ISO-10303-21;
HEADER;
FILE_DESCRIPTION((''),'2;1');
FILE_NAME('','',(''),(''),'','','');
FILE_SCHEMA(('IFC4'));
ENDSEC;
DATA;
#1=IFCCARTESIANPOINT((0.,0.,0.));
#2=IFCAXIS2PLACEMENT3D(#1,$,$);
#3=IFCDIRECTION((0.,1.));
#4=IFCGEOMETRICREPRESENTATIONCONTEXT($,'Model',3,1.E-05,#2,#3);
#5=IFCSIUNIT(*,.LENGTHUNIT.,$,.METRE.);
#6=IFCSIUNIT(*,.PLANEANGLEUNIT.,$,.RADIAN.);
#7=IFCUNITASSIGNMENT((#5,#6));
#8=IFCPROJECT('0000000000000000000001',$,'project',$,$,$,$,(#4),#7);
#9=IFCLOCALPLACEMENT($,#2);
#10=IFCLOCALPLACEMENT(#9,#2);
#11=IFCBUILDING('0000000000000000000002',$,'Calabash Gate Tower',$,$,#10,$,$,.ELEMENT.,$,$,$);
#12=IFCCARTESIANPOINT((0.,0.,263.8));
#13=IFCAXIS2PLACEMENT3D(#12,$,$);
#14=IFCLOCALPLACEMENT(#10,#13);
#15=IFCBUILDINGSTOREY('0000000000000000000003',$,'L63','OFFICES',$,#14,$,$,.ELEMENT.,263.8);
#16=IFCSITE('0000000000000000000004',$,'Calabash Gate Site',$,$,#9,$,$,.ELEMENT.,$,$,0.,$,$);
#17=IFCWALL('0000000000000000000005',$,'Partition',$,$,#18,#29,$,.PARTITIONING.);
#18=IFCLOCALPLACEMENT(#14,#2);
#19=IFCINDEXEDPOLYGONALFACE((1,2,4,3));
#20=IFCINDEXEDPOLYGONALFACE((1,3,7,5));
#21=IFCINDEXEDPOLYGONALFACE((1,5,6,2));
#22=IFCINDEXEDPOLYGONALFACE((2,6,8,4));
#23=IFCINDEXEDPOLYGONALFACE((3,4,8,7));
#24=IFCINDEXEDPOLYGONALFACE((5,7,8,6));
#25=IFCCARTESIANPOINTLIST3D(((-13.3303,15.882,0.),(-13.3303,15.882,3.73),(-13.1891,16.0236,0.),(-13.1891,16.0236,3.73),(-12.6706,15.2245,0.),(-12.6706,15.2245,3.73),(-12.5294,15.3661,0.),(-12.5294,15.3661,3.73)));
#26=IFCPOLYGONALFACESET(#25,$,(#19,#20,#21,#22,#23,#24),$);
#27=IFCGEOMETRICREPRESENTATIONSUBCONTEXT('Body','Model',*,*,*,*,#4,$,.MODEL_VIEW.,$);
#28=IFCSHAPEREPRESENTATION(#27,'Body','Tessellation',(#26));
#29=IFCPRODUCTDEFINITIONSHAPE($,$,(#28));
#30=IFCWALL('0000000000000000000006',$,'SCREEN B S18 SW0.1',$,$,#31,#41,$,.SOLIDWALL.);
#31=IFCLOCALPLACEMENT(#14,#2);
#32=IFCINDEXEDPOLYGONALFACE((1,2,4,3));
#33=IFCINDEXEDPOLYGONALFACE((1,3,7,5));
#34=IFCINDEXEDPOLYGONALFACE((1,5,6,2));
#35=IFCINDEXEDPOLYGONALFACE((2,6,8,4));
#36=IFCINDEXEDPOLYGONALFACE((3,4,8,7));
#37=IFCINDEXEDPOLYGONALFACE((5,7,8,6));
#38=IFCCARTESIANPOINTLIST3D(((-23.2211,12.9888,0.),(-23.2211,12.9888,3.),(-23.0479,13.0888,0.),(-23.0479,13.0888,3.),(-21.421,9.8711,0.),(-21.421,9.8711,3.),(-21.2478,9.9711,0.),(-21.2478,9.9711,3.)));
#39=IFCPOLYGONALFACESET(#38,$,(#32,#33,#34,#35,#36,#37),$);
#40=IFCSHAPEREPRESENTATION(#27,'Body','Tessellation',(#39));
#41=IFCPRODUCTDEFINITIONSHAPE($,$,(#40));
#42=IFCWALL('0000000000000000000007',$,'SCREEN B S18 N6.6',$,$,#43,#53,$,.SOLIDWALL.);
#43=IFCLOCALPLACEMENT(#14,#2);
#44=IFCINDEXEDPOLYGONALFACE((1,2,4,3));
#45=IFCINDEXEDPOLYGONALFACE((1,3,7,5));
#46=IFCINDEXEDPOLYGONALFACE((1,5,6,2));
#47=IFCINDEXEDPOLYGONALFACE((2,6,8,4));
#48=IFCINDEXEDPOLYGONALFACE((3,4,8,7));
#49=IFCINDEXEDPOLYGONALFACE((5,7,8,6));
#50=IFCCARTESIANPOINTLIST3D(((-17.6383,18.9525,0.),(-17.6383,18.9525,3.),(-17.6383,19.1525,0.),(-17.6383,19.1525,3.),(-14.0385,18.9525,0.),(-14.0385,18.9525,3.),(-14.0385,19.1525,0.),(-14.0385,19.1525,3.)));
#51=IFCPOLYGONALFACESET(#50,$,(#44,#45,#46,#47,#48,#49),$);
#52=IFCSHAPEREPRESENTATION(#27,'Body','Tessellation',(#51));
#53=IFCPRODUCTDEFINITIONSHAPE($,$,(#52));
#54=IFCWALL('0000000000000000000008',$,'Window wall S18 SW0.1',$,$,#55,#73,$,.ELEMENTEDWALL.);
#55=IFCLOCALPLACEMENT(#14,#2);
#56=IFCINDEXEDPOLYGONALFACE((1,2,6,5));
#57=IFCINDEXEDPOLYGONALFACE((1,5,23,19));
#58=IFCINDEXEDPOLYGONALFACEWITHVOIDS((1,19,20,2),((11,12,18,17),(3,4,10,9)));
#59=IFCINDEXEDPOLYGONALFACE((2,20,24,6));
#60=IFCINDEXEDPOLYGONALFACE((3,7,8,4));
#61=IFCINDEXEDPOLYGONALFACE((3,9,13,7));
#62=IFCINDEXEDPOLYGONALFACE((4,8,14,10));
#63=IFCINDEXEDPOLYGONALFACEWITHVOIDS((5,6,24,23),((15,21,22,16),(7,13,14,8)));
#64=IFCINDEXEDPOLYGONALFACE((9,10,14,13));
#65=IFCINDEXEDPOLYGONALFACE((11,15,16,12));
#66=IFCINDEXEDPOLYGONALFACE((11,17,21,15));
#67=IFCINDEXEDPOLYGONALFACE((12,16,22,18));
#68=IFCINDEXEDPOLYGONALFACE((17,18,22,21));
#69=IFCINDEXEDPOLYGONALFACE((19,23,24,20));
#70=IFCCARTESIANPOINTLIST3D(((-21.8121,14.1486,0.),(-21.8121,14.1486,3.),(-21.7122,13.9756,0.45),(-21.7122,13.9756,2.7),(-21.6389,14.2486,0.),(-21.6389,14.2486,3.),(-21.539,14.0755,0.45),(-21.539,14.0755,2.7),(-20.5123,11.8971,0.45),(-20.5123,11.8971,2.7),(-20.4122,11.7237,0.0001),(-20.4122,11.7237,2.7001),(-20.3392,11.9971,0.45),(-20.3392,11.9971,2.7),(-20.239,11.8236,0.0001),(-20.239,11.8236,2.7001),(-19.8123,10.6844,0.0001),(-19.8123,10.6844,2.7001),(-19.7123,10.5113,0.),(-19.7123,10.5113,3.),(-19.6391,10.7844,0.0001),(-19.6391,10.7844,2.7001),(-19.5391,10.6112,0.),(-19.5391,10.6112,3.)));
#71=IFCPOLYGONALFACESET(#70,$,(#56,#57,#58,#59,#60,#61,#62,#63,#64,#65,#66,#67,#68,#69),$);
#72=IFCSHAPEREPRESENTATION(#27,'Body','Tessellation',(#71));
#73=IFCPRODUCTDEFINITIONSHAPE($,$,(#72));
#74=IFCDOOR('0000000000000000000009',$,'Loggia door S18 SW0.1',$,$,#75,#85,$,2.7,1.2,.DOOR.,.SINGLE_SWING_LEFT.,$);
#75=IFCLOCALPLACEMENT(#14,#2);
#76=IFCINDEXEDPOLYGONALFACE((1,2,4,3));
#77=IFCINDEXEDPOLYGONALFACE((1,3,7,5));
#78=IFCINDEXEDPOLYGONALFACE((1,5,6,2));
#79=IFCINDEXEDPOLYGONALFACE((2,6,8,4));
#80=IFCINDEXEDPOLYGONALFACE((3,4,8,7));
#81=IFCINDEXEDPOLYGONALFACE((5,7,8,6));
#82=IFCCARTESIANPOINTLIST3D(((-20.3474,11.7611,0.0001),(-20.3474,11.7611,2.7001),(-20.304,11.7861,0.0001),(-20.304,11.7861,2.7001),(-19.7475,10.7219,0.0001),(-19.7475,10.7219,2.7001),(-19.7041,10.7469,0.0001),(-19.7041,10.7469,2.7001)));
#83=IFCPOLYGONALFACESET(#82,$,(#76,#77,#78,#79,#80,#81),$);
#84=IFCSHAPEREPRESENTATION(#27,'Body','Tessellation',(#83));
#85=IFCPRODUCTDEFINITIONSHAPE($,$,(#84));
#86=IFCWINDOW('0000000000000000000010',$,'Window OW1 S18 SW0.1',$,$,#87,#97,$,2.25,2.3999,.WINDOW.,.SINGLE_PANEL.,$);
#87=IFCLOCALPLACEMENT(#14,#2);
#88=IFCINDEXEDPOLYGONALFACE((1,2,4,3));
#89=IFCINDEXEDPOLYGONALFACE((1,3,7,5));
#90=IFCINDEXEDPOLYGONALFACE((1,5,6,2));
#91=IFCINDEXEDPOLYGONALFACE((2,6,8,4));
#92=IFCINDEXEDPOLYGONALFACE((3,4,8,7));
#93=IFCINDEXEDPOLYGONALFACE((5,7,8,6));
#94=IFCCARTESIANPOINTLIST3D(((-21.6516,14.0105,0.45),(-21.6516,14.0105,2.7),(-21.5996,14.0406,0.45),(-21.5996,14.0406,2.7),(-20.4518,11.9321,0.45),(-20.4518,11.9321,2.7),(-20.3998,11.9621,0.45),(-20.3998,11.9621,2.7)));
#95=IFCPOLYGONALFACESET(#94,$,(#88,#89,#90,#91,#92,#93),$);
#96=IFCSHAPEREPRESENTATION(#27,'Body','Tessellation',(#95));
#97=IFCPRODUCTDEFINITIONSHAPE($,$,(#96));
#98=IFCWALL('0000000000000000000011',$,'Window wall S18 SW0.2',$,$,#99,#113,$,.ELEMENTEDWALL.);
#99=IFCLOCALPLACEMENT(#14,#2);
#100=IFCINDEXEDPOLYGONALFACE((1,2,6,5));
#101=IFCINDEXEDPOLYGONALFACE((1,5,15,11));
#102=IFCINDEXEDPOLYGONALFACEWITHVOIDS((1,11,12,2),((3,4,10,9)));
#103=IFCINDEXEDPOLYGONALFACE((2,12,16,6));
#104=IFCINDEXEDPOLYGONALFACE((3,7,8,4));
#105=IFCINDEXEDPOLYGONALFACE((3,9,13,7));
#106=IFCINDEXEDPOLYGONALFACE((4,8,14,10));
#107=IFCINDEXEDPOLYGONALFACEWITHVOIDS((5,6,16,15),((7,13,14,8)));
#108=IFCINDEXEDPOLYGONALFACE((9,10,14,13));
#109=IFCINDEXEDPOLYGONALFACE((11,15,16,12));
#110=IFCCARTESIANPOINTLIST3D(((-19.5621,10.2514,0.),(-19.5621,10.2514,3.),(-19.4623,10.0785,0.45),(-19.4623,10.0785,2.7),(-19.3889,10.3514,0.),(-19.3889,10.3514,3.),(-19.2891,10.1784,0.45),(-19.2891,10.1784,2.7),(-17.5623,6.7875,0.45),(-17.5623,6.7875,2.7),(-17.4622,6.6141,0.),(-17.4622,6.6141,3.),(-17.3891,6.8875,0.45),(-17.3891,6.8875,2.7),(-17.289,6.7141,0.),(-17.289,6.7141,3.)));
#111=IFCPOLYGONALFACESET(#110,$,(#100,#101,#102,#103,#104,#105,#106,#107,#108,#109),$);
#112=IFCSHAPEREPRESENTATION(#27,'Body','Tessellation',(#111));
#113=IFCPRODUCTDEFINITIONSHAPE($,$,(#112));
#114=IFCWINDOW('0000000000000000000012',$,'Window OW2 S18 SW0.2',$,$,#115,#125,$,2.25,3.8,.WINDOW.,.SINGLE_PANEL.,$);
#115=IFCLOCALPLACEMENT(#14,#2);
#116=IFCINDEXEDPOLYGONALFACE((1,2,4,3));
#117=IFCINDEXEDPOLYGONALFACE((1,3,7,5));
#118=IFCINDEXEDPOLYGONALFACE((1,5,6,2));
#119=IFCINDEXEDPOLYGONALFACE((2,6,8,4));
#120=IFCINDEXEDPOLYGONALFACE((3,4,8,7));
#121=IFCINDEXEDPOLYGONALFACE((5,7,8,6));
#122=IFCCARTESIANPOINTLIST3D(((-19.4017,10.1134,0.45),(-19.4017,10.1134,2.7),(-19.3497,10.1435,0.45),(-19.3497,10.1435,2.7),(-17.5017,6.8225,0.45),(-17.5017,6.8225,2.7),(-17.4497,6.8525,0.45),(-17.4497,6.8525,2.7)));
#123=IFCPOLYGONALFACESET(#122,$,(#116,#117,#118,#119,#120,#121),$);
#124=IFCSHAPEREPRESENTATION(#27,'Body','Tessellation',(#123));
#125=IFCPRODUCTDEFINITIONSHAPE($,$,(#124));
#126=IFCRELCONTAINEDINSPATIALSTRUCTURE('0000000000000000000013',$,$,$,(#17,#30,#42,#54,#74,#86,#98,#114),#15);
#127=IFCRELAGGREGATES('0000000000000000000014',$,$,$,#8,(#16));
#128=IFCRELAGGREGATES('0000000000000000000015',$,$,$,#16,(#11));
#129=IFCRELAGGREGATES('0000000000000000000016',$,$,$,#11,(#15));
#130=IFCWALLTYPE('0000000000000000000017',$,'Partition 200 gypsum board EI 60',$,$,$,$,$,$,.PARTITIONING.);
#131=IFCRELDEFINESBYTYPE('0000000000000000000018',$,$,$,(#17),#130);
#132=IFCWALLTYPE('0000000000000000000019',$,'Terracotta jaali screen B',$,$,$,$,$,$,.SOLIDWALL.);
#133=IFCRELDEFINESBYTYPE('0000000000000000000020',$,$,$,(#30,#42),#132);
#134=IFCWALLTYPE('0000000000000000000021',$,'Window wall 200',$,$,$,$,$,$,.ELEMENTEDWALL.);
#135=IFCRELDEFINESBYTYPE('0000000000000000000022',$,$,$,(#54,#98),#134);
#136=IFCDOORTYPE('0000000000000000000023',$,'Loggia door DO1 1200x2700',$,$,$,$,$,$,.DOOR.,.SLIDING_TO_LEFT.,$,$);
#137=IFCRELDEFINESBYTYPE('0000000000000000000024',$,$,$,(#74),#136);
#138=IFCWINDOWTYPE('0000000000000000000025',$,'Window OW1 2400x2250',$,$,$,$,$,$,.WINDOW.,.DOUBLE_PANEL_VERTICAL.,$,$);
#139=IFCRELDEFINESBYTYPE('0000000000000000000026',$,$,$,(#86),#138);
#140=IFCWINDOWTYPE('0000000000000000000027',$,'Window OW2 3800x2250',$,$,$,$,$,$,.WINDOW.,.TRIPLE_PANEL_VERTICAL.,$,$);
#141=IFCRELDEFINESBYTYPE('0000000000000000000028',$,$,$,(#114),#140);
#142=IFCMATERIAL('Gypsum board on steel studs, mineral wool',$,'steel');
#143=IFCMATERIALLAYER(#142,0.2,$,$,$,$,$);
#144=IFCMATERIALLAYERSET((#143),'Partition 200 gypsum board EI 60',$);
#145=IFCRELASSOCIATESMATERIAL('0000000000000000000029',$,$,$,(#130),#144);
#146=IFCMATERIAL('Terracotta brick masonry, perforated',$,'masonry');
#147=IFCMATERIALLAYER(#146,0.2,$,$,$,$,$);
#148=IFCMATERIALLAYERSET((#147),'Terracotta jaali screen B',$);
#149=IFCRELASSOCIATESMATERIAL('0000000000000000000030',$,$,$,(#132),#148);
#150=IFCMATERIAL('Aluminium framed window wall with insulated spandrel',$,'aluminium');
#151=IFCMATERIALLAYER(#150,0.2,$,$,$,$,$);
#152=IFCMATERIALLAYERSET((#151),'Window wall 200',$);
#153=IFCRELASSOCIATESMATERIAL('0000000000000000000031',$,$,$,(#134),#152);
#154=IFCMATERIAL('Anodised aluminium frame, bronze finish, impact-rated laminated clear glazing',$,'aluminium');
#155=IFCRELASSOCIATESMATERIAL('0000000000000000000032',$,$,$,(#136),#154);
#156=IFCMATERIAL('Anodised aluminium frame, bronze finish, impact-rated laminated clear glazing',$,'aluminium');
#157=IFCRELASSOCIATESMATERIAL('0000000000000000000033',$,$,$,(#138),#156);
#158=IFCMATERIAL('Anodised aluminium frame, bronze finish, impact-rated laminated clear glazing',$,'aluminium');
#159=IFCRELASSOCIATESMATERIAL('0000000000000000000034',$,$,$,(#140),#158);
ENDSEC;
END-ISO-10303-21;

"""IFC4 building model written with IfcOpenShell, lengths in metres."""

from ifc_helpers import new_model, si_unit, direction, frame, frame_2d, origin, place, context, subcontext, project, spatial, rectangle, extrude, material, layer, layer_set, type_object, element, fill, save


model = new_model("IFC4")

# Units and contexts
model_context = context("Model", 3, precision=1e-05, world=origin(), true_north=direction((0.0, 1.0)))
body_context = subcontext(model_context, "Body", "Model", "MODEL_VIEW")
ifc_project = project(units=[si_unit("LENGTHUNIT", "METRE"), si_unit("PLANEANGLEUNIT", "RADIAN")], contexts=[model_context])

# Site, building, storey
site_placement = place(None, origin())
site = spatial("IfcSite", under=ifc_project, at=site_placement, Name="Calabash Gate Site", CompositionType="ELEMENT", RefElevation=0.0)
building_placement = place(site_placement, origin())
building = spatial("IfcBuilding", under=site, at=building_placement, Name="Calabash Gate Tower", CompositionType="ELEMENT")
storey_placement = place(building_placement, frame((0.0, 0.0, 263.8)))
storey = spatial("IfcBuildingStorey", under=building, at=storey_placement, Name="L63", Description="OFFICES", CompositionType="ELEMENT", Elevation=263.8)

# Walls
ifc_material_1 = material(Name="Gypsum board on steel studs, mineral wool", Category="steel")
ifc_layer_1 = layer(ifc_material_1, 0.2)
ifc_layer_set_1 = layer_set([ifc_layer_1], Name="Partition 200 gypsum board EI 60")
wall_type_1 = type_object("IfcWallType", Name="Partition 200 gypsum board EI 60", PredefinedType="PARTITIONING", material=ifc_layer_set_1)
wall_1_placement = place(storey_placement, frame((-13.2598, 15.9529, 0.0), z_axis=(0.0, 0.0, 1.0), x_axis=(0.708285, -0.705926, 0.0)))
element("IfcWall", 1, at=wall_1_placement, inside=storey, type_object=wall_type_1, Name="Partition", PredefinedType="PARTITIONING", context=body_context, shape_type="SweptSolid", body=[
    extrude(rectangle(XDim=0.9314, YDim=0.2, at=frame_2d((0.4658, 0.0))), origin(), (0.0, 0.0, 1.0), 3.73),
])
ifc_material_2 = material(Name="Terracotta brick masonry, perforated", Category="masonry")
ifc_layer_2 = layer(ifc_material_2, 0.2)
ifc_layer_set_2 = layer_set([ifc_layer_2], Name="Terracotta jaali screen B")
wall_type_2 = type_object("IfcWallType", Name="Terracotta jaali screen B", PredefinedType="SOLIDWALL", material=ifc_layer_set_2)
wall_2_placement = place(storey_placement, frame((-23.1345, 13.0388, 0.0), z_axis=(0.0, 0.0, 1.0), x_axis=(0.500012, -0.866018, 0.0)))
element("IfcWall", 2, at=wall_2_placement, inside=storey, type_object=wall_type_2, Name="SCREEN B S18 SW0.1", PredefinedType="SOLIDWALL", context=body_context, shape_type="SweptSolid", body=[
    extrude(rectangle(XDim=3.6001, YDim=0.2, at=frame_2d((1.8, 0.0))), origin(), (0.0, 0.0, 1.0), 3.0),
])
wall_3_placement = place(storey_placement, frame((-14.0386, 19.0525, 0.0), z_axis=(0.0, 0.0, 1.0), x_axis=(-1.0, 0.0, 0.0)))
element("IfcWall", 3, at=wall_3_placement, inside=storey, type_object=wall_type_2, Name="SCREEN B S18 N6.6", PredefinedType="SOLIDWALL", context=body_context, shape_type="SweptSolid", body=[
    extrude(rectangle(XDim=3.5999, YDim=0.2, at=frame_2d((1.7998, 0.0))), origin(), (0.0, 0.0, 1.0), 3.0),
])

# Wall, openings, door, window
ifc_material_3 = material(Name="Aluminium framed window wall with insulated spandrel", Category="aluminium")
ifc_layer_3 = layer(ifc_material_3, 0.2)
ifc_layer_set_3 = layer_set([ifc_layer_3], Name="Window wall 200")
wall_type_3 = type_object("IfcWallType", Name="Window wall 200", PredefinedType="ELEMENTEDWALL", material=ifc_layer_set_3)
wall_4_placement = place(storey_placement, frame((-21.7256, 14.1987, 0.0), z_axis=(0.0, 0.0, 1.0), x_axis=(0.499959, -0.866049, 0.0)))
wall_4 = element("IfcWall", 4, at=wall_4_placement, inside=storey, type_object=wall_type_3, Name="Window wall S18 SW0.1", PredefinedType="ELEMENTEDWALL", context=body_context, shape_type="SweptSolid", body=[
    extrude(rectangle(XDim=4.2, YDim=0.2, at=frame_2d((2.1001, 0.0))), origin(), (0.0, 0.0, 1.0), 3.0),
])
opening_1_placement = place(wall_4_placement, frame((0.2, 0.0, 0.45)))
opening_1 = element("IfcOpeningElement", 5, at=opening_1_placement, cuts=wall_4, PredefinedType="OPENING", context=body_context, shape_type="SweptSolid", body=[
    extrude(rectangle(XDim=2.3999, YDim=2.25, at=frame_2d((1.2, 1.125))), frame((0.0, 0.1099, 0.0), z_axis=(0.0, -1.0, 0.0), x_axis=(1.0, 0.0, 0.0)), (0.0, 0.0, 1.0), 0.22),
])
opening_2_placement = place(wall_4_placement, frame((2.8, 0.0, 0.0)))
opening_2 = element("IfcOpeningElement", 6, at=opening_2_placement, cuts=wall_4, PredefinedType="OPENING", context=body_context, shape_type="SweptSolid", body=[
    extrude(rectangle(XDim=1.2, YDim=2.7, at=frame_2d((0.6001, 1.3501))), frame((0.0, 0.1099, 0.0), z_axis=(0.0, -1.0, 0.0), x_axis=(1.0, 0.0, 0.0)), (0.0, 0.0, 1.0), 0.22),
])
ifc_material_4 = material(Name="Anodised aluminium frame, bronze finish, impact-rated laminated clear glazing", Category="aluminium")
door_type = type_object("IfcDoorType", Name="Loggia door DO1 1200x2700", OperationType="SLIDING_TO_LEFT", PredefinedType="DOOR", material=ifc_material_4)
door_1_placement = place(opening_2_placement, origin())
door_1 = element("IfcDoor", 7, at=door_1_placement, inside=storey, type_object=door_type, Name="Loggia door S18 SW0.1", OperationType="SINGLE_SWING_LEFT", OverallHeight=2.7, OverallWidth=1.2, PredefinedType="DOOR", context=body_context, shape_type="SweptSolid", body=[
    extrude(rectangle(XDim=1.2, YDim=2.7, at=frame_2d((0.6001, 1.3501))), frame((0.0, 0.0249, 0.0), z_axis=(0.0, -1.0, 0.0), x_axis=(1.0, 0.0, 0.0)), (0.0, 0.0, 1.0), 0.05),
])
fill(opening_2, door_1)
ifc_material_5 = material(Name="Anodised aluminium frame, bronze finish, impact-rated laminated clear glazing", Category="aluminium")
window_type_1 = type_object("IfcWindowType", Name="Window OW1 2400x2250", PartitioningType="DOUBLE_PANEL_VERTICAL", PredefinedType="WINDOW", material=ifc_material_5)
window_1_placement = place(opening_1_placement, origin())
window_1 = element("IfcWindow", 8, at=window_1_placement, inside=storey, type_object=window_type_1, Name="Window OW1 S18 SW0.1", OverallHeight=2.25, OverallWidth=2.3999, PartitioningType="SINGLE_PANEL", PredefinedType="WINDOW", context=body_context, shape_type="SweptSolid", body=[
    extrude(rectangle(XDim=2.3999, YDim=2.25, at=frame_2d((1.2, 1.125))), frame((0.0, 0.03, 0.0), z_axis=(0.0, -1.0, 0.0), x_axis=(1.0, 0.0, 0.0)), (0.0, 0.0, 1.0), 0.0601),
])
fill(opening_1, window_1)

# Wall, opening, window
wall_5_placement = place(storey_placement, frame((-19.4756, 10.3015, 0.0), z_axis=(0.0, 0.0, 1.0), x_axis=(0.499984, -0.866035, 0.0)))
wall_5 = element("IfcWall", 9, at=wall_5_placement, inside=storey, type_object=wall_type_3, Name="Window wall S18 SW0.2", PredefinedType="ELEMENTEDWALL", context=body_context, shape_type="SweptSolid", body=[
    extrude(rectangle(XDim=4.2, YDim=0.2, at=frame_2d((2.1001, 0.0))), origin(), (0.0, 0.0, 1.0), 3.0),
])
opening_3_placement = place(wall_5_placement, frame((0.2, 0.0, 0.45)))
opening_3 = element("IfcOpeningElement", 10, at=opening_3_placement, cuts=wall_5, PredefinedType="OPENING", context=body_context, shape_type="SweptSolid", body=[
    extrude(rectangle(XDim=3.8, YDim=2.25, at=frame_2d((1.8999, 1.125))), frame((0.0, 0.1099, 0.0), z_axis=(0.0, -1.0, 0.0), x_axis=(1.0, 0.0, 0.0)), (0.0, 0.0, 1.0), 0.22),
])
ifc_material_6 = material(Name="Anodised aluminium frame, bronze finish, impact-rated laminated clear glazing", Category="aluminium")
window_type_2 = type_object("IfcWindowType", Name="Window OW2 3800x2250", PartitioningType="TRIPLE_PANEL_VERTICAL", PredefinedType="WINDOW", material=ifc_material_6)
window_2_placement = place(opening_3_placement, origin())
window_2 = element("IfcWindow", 11, at=window_2_placement, inside=storey, type_object=window_type_2, Name="Window OW2 S18 SW0.2", OverallHeight=2.25, OverallWidth=3.8, PartitioningType="SINGLE_PANEL", PredefinedType="WINDOW", context=body_context, shape_type="SweptSolid", body=[
    extrude(rectangle(XDim=3.8, YDim=2.25, at=frame_2d((1.8999, 1.125))), frame((0.0, 0.03, 0.0), z_axis=(0.0, -1.0, 0.0), x_axis=(1.0, 0.0, 0.0)), (0.0, 0.0, 1.0), 0.0601),
])
fill(opening_3, window_2)

save(model, "model.ifc")
